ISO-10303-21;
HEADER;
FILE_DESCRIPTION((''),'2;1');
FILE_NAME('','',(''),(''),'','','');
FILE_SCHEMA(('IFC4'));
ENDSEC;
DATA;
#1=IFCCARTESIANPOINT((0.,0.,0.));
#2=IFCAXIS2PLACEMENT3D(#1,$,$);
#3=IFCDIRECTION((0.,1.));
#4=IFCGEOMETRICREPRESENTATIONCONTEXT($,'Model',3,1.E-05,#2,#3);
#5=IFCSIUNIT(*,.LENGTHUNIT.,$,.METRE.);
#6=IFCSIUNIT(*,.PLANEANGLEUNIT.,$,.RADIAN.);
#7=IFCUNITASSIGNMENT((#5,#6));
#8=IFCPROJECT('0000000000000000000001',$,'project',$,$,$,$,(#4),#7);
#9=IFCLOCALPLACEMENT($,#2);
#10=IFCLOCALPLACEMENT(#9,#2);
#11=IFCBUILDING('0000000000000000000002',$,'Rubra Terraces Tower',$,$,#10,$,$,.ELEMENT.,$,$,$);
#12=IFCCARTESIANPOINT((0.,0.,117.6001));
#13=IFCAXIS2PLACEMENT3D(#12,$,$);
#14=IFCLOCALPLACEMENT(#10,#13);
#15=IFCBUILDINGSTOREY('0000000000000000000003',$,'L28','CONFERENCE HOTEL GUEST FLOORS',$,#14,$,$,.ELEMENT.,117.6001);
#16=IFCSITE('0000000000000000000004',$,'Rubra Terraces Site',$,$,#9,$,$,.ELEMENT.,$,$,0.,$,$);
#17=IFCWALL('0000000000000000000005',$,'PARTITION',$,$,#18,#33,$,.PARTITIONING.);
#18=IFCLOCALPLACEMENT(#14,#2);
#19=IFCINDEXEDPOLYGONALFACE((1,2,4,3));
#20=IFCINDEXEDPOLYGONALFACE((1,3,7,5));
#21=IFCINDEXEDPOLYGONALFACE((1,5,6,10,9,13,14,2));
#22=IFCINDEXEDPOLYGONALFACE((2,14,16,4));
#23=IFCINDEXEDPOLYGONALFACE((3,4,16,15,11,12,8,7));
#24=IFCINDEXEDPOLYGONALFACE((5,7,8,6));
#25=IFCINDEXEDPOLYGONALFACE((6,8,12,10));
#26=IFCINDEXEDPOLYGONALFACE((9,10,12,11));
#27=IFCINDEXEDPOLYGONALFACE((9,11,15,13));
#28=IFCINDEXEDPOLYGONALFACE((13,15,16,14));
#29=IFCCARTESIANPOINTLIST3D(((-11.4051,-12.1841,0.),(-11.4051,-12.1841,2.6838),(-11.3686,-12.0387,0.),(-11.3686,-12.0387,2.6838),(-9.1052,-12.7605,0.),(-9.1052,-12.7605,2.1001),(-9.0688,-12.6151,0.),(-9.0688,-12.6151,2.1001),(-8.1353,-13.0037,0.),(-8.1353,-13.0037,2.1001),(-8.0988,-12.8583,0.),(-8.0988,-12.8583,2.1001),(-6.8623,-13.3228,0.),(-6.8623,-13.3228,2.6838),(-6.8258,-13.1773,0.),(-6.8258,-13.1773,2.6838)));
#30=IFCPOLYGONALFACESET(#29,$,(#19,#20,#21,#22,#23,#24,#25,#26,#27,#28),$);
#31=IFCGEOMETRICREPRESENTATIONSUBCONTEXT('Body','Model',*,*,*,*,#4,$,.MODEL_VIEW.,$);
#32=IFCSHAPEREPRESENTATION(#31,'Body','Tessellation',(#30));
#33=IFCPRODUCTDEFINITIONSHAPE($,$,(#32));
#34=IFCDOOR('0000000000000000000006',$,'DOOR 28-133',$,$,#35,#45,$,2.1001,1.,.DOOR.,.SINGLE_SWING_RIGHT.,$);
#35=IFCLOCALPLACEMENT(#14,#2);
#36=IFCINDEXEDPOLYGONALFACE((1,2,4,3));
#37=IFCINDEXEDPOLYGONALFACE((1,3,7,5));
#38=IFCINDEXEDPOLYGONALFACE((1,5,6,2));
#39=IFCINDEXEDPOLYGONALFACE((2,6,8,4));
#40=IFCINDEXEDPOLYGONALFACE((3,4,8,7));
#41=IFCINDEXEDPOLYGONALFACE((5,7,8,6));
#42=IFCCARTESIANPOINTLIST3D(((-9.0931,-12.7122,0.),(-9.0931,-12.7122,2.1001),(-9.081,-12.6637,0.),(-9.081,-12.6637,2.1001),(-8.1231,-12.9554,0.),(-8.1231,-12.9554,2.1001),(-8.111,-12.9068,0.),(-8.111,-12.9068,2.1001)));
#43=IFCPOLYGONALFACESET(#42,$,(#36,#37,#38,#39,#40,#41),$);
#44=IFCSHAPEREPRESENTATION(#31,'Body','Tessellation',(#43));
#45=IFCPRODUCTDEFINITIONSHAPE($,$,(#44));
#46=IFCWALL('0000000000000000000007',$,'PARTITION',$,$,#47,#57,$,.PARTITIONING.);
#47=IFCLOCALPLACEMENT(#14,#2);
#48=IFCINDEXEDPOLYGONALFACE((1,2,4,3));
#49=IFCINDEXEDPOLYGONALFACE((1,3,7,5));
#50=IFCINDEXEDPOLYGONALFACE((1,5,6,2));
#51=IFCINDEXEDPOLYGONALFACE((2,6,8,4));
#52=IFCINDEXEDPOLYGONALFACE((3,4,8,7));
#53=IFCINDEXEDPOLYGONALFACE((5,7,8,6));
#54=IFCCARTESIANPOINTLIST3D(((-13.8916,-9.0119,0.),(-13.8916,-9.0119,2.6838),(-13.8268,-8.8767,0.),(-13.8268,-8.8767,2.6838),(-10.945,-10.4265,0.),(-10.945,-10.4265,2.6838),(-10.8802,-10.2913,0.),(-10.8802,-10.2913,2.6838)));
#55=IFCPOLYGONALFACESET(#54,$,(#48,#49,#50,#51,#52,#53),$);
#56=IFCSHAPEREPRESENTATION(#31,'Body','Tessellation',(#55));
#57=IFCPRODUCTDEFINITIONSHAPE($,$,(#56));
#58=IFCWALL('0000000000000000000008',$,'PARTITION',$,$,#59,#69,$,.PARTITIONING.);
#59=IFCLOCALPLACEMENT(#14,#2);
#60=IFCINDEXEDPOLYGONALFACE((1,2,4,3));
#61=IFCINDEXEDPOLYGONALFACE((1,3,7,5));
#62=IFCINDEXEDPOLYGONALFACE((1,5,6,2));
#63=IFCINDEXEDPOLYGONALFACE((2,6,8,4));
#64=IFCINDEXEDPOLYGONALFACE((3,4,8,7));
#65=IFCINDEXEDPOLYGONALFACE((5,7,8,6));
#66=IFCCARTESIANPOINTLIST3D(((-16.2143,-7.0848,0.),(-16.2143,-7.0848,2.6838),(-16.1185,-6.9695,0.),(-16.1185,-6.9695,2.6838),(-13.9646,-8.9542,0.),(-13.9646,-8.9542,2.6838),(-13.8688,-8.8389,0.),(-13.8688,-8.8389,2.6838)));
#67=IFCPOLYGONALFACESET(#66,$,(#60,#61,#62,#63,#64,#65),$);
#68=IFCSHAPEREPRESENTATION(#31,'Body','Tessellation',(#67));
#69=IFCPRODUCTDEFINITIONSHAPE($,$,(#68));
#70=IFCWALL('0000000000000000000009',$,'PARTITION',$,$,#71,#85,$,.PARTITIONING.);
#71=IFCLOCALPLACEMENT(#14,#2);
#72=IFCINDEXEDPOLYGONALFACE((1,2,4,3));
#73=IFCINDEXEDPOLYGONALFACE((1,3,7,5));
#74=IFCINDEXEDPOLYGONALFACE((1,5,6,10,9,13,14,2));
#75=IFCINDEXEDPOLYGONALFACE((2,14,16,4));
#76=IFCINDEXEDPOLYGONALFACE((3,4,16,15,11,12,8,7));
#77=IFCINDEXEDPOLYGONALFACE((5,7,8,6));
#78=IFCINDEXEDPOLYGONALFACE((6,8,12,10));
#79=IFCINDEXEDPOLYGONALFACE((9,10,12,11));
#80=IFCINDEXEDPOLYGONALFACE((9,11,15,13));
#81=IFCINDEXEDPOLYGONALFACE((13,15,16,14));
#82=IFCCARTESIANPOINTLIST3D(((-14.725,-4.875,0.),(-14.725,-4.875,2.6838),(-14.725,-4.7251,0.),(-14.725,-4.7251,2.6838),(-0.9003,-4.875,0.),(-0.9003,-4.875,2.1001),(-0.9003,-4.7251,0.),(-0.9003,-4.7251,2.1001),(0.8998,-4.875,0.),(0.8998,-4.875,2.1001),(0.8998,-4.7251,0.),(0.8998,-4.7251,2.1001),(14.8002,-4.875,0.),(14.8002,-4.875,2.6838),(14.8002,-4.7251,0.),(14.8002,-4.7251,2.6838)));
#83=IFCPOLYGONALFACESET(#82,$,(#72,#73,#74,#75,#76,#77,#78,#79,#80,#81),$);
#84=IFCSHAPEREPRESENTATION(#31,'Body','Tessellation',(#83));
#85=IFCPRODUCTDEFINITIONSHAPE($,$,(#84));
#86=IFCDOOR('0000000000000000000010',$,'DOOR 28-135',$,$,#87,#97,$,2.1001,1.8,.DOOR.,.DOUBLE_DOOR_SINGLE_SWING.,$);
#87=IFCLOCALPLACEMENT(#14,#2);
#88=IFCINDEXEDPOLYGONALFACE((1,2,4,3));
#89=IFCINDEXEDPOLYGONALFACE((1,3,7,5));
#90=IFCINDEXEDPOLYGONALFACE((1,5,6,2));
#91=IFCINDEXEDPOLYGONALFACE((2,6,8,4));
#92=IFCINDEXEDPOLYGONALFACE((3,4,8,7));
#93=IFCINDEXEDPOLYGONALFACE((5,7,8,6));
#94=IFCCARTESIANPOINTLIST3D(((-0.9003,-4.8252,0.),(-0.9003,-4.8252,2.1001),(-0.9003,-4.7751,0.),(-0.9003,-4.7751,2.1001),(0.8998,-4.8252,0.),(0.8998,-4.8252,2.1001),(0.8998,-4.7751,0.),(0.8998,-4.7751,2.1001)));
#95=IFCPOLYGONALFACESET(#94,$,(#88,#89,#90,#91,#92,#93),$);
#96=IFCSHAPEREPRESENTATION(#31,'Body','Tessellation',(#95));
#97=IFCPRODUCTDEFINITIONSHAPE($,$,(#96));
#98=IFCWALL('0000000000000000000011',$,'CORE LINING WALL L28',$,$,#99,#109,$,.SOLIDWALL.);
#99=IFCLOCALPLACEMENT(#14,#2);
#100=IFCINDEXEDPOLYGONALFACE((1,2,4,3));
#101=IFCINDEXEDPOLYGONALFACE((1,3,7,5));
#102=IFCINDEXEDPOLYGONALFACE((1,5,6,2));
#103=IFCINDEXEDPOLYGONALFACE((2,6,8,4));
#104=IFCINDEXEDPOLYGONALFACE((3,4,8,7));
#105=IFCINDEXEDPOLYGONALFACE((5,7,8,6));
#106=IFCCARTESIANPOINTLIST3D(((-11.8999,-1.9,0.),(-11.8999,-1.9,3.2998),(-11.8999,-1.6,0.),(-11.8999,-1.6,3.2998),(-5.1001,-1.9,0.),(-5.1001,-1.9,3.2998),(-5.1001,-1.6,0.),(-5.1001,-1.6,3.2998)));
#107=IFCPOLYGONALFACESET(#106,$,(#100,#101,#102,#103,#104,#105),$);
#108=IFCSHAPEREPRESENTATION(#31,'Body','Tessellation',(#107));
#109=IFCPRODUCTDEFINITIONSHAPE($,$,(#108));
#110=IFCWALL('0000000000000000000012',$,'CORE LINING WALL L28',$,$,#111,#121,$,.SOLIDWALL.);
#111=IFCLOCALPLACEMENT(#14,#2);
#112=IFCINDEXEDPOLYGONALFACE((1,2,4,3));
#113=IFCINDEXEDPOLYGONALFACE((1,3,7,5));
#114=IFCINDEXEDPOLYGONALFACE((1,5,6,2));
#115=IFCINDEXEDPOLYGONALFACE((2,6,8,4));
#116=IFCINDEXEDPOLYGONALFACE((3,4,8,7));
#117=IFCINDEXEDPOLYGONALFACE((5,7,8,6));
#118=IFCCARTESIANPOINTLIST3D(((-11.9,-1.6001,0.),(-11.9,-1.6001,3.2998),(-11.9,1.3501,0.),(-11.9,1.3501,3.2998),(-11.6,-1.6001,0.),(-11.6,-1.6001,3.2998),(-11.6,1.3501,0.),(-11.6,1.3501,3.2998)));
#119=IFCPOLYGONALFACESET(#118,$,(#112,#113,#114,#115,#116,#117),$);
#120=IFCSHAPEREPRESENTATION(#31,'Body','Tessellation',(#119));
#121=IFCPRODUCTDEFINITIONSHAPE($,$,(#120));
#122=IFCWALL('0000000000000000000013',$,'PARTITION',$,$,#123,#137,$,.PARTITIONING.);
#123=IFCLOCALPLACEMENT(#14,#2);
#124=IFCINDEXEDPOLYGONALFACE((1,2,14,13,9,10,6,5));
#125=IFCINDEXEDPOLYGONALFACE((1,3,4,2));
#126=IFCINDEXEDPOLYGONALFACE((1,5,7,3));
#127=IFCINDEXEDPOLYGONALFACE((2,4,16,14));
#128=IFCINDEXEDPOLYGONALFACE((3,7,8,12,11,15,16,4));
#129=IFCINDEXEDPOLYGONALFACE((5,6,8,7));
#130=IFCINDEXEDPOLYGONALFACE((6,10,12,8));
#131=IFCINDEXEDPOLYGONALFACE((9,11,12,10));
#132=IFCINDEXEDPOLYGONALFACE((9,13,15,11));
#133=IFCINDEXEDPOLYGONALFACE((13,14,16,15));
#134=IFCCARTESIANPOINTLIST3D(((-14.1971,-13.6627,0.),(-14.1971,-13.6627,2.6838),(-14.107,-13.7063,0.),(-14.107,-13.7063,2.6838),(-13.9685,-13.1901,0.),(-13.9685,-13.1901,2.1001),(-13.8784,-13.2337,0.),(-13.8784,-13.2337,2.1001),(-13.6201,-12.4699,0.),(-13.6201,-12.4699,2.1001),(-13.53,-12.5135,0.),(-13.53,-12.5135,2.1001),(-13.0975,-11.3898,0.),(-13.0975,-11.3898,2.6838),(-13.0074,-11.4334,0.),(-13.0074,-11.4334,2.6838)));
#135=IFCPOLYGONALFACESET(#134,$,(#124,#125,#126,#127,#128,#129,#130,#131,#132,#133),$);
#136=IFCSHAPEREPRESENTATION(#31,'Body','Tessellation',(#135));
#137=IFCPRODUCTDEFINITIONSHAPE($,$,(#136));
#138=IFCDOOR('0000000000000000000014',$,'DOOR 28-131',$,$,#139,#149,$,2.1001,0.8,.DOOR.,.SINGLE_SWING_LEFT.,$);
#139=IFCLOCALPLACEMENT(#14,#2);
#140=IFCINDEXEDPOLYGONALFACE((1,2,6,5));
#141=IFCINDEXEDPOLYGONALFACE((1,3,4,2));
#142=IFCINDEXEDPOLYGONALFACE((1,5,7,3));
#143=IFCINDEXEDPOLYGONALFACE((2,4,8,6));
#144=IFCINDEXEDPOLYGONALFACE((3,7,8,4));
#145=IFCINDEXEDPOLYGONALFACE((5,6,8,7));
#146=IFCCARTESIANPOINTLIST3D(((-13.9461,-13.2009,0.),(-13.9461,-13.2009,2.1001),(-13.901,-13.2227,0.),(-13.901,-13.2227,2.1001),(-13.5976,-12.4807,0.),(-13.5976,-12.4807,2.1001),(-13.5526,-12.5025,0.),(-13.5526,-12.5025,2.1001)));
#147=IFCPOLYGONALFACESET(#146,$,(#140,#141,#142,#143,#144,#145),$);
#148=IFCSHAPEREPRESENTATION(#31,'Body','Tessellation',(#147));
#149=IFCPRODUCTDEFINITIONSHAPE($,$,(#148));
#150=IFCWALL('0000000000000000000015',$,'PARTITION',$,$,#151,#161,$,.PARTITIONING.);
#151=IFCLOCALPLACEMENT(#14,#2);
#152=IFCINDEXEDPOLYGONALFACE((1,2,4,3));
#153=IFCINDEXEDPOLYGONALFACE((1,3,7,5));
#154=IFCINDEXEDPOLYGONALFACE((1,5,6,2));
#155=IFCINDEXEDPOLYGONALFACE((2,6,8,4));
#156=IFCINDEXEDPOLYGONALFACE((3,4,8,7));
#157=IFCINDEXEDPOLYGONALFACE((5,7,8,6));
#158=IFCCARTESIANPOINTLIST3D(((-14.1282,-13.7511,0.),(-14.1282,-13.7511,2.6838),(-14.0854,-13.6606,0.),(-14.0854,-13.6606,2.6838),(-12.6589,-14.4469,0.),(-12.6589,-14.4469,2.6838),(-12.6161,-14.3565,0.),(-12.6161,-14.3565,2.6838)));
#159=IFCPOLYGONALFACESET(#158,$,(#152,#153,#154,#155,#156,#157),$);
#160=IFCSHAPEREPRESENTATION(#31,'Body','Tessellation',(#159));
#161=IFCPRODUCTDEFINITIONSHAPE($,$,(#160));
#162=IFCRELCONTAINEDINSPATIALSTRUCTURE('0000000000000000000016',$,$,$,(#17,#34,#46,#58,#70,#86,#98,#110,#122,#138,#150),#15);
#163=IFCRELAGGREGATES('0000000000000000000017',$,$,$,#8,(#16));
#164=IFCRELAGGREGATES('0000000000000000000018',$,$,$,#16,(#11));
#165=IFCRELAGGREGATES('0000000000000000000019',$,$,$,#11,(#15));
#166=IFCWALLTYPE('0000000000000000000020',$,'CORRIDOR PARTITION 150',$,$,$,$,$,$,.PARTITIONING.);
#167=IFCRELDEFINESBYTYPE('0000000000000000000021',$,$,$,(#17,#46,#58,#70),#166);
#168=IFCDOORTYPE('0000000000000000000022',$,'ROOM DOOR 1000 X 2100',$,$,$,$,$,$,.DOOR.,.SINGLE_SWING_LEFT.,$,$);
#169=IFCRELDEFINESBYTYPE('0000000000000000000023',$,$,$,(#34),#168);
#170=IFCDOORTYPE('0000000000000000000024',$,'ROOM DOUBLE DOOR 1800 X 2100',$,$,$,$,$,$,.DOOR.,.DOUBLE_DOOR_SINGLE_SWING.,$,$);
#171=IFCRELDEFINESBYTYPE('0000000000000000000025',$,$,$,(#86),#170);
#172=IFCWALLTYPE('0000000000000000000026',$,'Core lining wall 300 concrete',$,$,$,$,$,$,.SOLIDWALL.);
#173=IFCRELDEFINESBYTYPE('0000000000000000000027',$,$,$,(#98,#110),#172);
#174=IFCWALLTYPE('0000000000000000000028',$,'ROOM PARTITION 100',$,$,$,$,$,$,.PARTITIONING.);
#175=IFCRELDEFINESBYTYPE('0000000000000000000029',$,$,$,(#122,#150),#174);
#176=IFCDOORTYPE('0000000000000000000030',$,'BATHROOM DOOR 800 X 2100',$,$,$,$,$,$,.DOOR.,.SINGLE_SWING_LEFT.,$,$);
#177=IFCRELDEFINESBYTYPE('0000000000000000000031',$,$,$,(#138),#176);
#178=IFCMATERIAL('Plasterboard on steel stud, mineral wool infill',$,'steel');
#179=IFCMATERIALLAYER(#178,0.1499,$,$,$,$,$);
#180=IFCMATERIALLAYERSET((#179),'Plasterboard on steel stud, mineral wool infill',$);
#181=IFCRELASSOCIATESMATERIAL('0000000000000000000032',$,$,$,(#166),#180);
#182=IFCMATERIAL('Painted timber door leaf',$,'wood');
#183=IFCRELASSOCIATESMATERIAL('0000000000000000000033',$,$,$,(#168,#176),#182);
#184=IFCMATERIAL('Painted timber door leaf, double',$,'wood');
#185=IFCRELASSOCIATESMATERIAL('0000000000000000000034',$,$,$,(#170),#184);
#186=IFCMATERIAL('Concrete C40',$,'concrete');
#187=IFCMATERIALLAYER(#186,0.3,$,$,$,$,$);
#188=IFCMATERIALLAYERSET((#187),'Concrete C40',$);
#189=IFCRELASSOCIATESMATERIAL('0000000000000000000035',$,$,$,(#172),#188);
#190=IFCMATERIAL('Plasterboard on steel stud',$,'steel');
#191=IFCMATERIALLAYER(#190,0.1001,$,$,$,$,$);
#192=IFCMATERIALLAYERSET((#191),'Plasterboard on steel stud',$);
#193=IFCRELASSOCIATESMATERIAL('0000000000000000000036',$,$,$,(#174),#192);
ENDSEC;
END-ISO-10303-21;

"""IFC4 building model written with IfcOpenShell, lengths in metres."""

from ifc_helpers import new_model, si_unit, direction, frame, frame_2d, origin, place, context, subcontext, project, spatial, rectangle, extrude, material, layer, layer_set, type_object, element, fill, save


model = new_model("IFC4")

# Units and contexts
model_context = context("Model", 3, precision=1e-05, world=origin(), true_north=direction((0.0, 1.0)))
body_context = subcontext(model_context, "Body", "Model", "MODEL_VIEW")
ifc_project = project(units=[si_unit("LENGTHUNIT", "METRE"), si_unit("PLANEANGLEUNIT", "RADIAN")], contexts=[model_context])

# Site, building, storey
site_placement = place(None, origin())
site = spatial("IfcSite", under=ifc_project, at=site_placement, Name="Rubra Terraces Site", CompositionType="ELEMENT", RefElevation=0.0)
building_placement = place(site_placement, origin())
building = spatial("IfcBuilding", under=site, at=building_placement, Name="Rubra Terraces Tower", CompositionType="ELEMENT")
storey_placement = place(building_placement, frame((0.0, 0.0, 117.6001)))
storey = spatial("IfcBuildingStorey", under=building, at=storey_placement, Name="L28", Description="CONFERENCE HOTEL GUEST FLOORS", CompositionType="ELEMENT", Elevation=117.6001)

# Shared definitions
ifc_material_1 = material(Name="Plasterboard on steel stud, mineral wool infill", Category="steel")
ifc_layer_1 = layer(ifc_material_1, 0.1499)
ifc_layer_set_1 = layer_set([ifc_layer_1], Name="Plasterboard on steel stud, mineral wool infill")
wall_type_1 = type_object("IfcWallType", Name="CORRIDOR PARTITION 150", PredefinedType="PARTITIONING", material=ifc_layer_set_1)

# Wall, opening, door
wall_1_placement = place(storey_placement, frame((-11.387, -12.1113, 0.0), z_axis=(0.0, 0.0, 1.0), x_axis=(0.969992, -0.243137, 0.0)))
wall_1 = element("IfcWall", 1, at=wall_1_placement, inside=storey, type_object=wall_type_1, Name="PARTITION", PredefinedType="PARTITIONING", context=body_context, shape_type="SweptSolid", body=[
    extrude(rectangle(XDim=4.6833, YDim=0.1499, at=frame_2d((2.3418, 0.0))), origin(), (0.0, 0.0, 1.0), 2.6838),
])
opening_1_placement = place(wall_1_placement, frame((2.3711, 0.0, 0.0)))
opening_1 = element("IfcOpeningElement", 2, at=opening_1_placement, cuts=wall_1, PredefinedType="OPENING", context=body_context, shape_type="SweptSolid", body=[
    extrude(rectangle(XDim=1.0, YDim=2.1001, at=frame_2d((0.5, 1.05))), frame((0.0, 0.085, 0.0), z_axis=(0.0, -1.0, 0.0), x_axis=(1.0, 0.0, 0.0)), (0.0, 0.0, 1.0), 0.1699),
])
ifc_material_2 = material(Name="Painted timber door leaf", Category="wood")
door_type_1 = type_object("IfcDoorType", Name="ROOM DOOR 1000 X 2100", OperationType="SINGLE_SWING_LEFT", PredefinedType="DOOR", material=ifc_material_2)
door_1_placement = place(opening_1_placement, origin())
door_1 = element("IfcDoor", 3, at=door_1_placement, inside=storey, type_object=door_type_1, Name="DOOR 28-133", OperationType="SINGLE_SWING_RIGHT", OverallHeight=2.1001, OverallWidth=1.0, PredefinedType="DOOR", context=body_context, shape_type="SweptSolid", body=[
    extrude(rectangle(XDim=1.0, YDim=2.1001, at=frame_2d((0.5, 1.05))), frame((0.0, 0.0249, 0.0), z_axis=(0.0, -1.0, 0.0), x_axis=(1.0, 0.0, 0.0)), (0.0, 0.0, 1.0), 0.05),
])
fill(opening_1, door_1)

# Walls
wall_2_placement = place(storey_placement, frame((-10.9126, -10.3589, 0.0), z_axis=(0.0, 0.0, 1.0), x_axis=(-0.901497, 0.432784, 0.0)))
element("IfcWall", 4, at=wall_2_placement, inside=storey, type_object=wall_type_1, Name="PARTITION", PredefinedType="PARTITIONING", context=body_context, shape_type="SweptSolid", body=[
    extrude(rectangle(XDim=3.2686, YDim=0.1499, at=frame_2d((1.6343, 0.0))), origin(), (0.0, 0.0, 1.0), 2.6838),
])
wall_3_placement = place(storey_placement, frame((-13.9167, -8.8965, 0.0), z_axis=(0.0, 0.0, 1.0), x_axis=(-0.76913, 0.639092, 0.0)))
element("IfcWall", 5, at=wall_3_placement, inside=storey, type_object=wall_type_1, Name="PARTITION", PredefinedType="PARTITIONING", context=body_context, shape_type="SweptSolid", body=[
    extrude(rectangle(XDim=2.925, YDim=0.1499, at=frame_2d((1.4624, 0.0))), origin(), (0.0, 0.0, 1.0), 2.6838),
])

# Wall, opening, door
wall_4_placement = place(storey_placement, frame((-14.7251, -4.8, 0.0), z_axis=(0.0, 0.0, 1.0), x_axis=(1.0, 0.0, 0.0)))
wall_4 = element("IfcWall", 6, at=wall_4_placement, inside=storey, type_object=wall_type_1, Name="PARTITION", PredefinedType="PARTITIONING", context=body_context, shape_type="SweptSolid", body=[
    extrude(rectangle(XDim=29.5251, YDim=0.1499, at=frame_2d((14.7627, 0.0))), origin(), (0.0, 0.0, 1.0), 2.6838),
])
opening_2_placement = place(wall_4_placement, frame((13.825, 0.0, 0.0)))
opening_2 = element("IfcOpeningElement", 7, at=opening_2_placement, cuts=wall_4, PredefinedType="OPENING", context=body_context, shape_type="SweptSolid", body=[
    extrude(rectangle(XDim=1.8, YDim=2.1001, at=frame_2d((0.8999, 1.05))), frame((0.0, 0.085, 0.0), z_axis=(0.0, -1.0, 0.0), x_axis=(1.0, 0.0, 0.0)), (0.0, 0.0, 1.0), 0.1699),
])
ifc_material_3 = material(Name="Painted timber door leaf, double", Category="wood")
door_type_2 = type_object("IfcDoorType", Name="ROOM DOUBLE DOOR 1800 X 2100", OperationType="DOUBLE_DOOR_SINGLE_SWING", PredefinedType="DOOR", material=ifc_material_3)
door_2_placement = place(opening_2_placement, origin())
door_2 = element("IfcDoor", 8, at=door_2_placement, inside=storey, type_object=door_type_2, Name="DOOR 28-135", OperationType="DOUBLE_DOOR_SINGLE_SWING", OverallHeight=2.1001, OverallWidth=1.8, PredefinedType="DOOR", context=body_context, shape_type="SweptSolid", body=[
    extrude(rectangle(XDim=1.8, YDim=2.1001, at=frame_2d((0.8999, 1.05))), frame((0.0, 0.0249, 0.0), z_axis=(0.0, -1.0, 0.0), x_axis=(1.0, 0.0, 0.0)), (0.0, 0.0, 1.0), 0.05),
])
fill(opening_2, door_2)

# Walls
ifc_material_4 = material(Name="Concrete C40", Category="concrete")
ifc_layer_2 = layer(ifc_material_4, 0.3)
ifc_layer_set_2 = layer_set([ifc_layer_2], Name="Concrete C40")
wall_type_2 = type_object("IfcWallType", Name="Core lining wall 300 concrete", PredefinedType="SOLIDWALL", material=ifc_layer_set_2)
wall_5_placement = place(storey_placement, frame((-11.8999, -1.75, 0.0), z_axis=(0.0, 0.0, 1.0), x_axis=(1.0, 0.0, 0.0)))
element("IfcWall", 9, at=wall_5_placement, inside=storey, type_object=wall_type_2, Name="CORE LINING WALL L28", PredefinedType="SOLIDWALL", context=body_context, shape_type="SweptSolid", body=[
    extrude(rectangle(XDim=6.7998, YDim=0.3, at=frame_2d((3.3999, 0.0))), origin(), (0.0, 0.0, 1.0), 3.2998),
])
wall_6_placement = place(storey_placement, frame((-11.75, -1.6001, 0.0), z_axis=(0.0, 0.0, 1.0), x_axis=(0.0, 1.0, 0.0)))
element("IfcWall", 10, at=wall_6_placement, inside=storey, type_object=wall_type_2, Name="CORE LINING WALL L28", PredefinedType="SOLIDWALL", context=body_context, shape_type="SweptSolid", body=[
    extrude(rectangle(XDim=2.9502, YDim=0.3, at=frame_2d((1.4751, 0.0))), origin(), (0.0, 0.0, 1.0), 3.2998),
])

# Wall, opening, door
ifc_material_5 = material(Name="Plasterboard on steel stud", Category="steel")
ifc_layer_3 = layer(ifc_material_5, 0.1001)
ifc_layer_set_3 = layer_set([ifc_layer_3], Name="Plasterboard on steel stud")
wall_type_3 = type_object("IfcWallType", Name="ROOM PARTITION 100", PredefinedType="PARTITIONING", material=ifc_layer_set_3)
wall_7_placement = place(storey_placement, frame((-13.0525, -11.4116, 0.0), z_axis=(0.0, 0.0, 1.0), x_axis=(-0.435495, -0.900191, 0.0)))
wall_7 = element("IfcWall", 11, at=wall_7_placement, inside=storey, type_object=wall_type_3, Name="PARTITION", PredefinedType="PARTITIONING", context=body_context, shape_type="SweptSolid", body=[
    extrude(rectangle(XDim=2.5249, YDim=0.1001, at=frame_2d((1.2625, 0.0))), origin(), (0.0, 0.0, 1.0), 2.6838),
])
opening_3_placement = place(wall_7_placement, frame((1.2, 0.0, 0.0)))
opening_3 = element("IfcOpeningElement", 12, at=opening_3_placement, cuts=wall_7, PredefinedType="OPENING", context=body_context, shape_type="SweptSolid", body=[
    extrude(rectangle(XDim=0.8, YDim=2.1001, at=frame_2d((0.3999, 1.05))), frame((0.0, 0.0601, 0.0), z_axis=(0.0, -1.0, 0.0), x_axis=(1.0, 0.0, 0.0)), (0.0, 0.0, 1.0), 0.1201),
])
door_type_3 = type_object("IfcDoorType", Name="BATHROOM DOOR 800 X 2100", OperationType="SINGLE_SWING_LEFT", PredefinedType="DOOR", material=ifc_material_2)
door_3_placement = place(opening_3_placement, origin())
door_3 = element("IfcDoor", 13, at=door_3_placement, inside=storey, type_object=door_type_3, Name="DOOR 28-131", OperationType="SINGLE_SWING_LEFT", OverallHeight=2.1001, OverallWidth=0.8, PredefinedType="DOOR", context=body_context, shape_type="SweptSolid", body=[
    extrude(rectangle(XDim=0.8, YDim=2.1001, at=frame_2d((0.3999, 1.05))), frame((0.0, 0.0249, 0.0), z_axis=(0.0, -1.0, 0.0), x_axis=(1.0, 0.0, 0.0)), (0.0, 0.0, 1.0), 0.05),
])
fill(opening_3, door_3)

# Wall
wall_8_placement = place(storey_placement, frame((-14.1069, -13.7058, 0.0), z_axis=(0.0, 0.0, 1.0), x_axis=(0.903775, -0.428009, 0.0)))
element("IfcWall", 14, at=wall_8_placement, inside=storey, type_object=wall_type_3, Name="PARTITION", PredefinedType="PARTITIONING", context=body_context, shape_type="SweptSolid", body=[
    extrude(rectangle(XDim=1.6257, YDim=0.1001, at=frame_2d((0.813, 0.0))), origin(), (0.0, 0.0, 1.0), 2.6838),
])

save(model, "model.ifc")
